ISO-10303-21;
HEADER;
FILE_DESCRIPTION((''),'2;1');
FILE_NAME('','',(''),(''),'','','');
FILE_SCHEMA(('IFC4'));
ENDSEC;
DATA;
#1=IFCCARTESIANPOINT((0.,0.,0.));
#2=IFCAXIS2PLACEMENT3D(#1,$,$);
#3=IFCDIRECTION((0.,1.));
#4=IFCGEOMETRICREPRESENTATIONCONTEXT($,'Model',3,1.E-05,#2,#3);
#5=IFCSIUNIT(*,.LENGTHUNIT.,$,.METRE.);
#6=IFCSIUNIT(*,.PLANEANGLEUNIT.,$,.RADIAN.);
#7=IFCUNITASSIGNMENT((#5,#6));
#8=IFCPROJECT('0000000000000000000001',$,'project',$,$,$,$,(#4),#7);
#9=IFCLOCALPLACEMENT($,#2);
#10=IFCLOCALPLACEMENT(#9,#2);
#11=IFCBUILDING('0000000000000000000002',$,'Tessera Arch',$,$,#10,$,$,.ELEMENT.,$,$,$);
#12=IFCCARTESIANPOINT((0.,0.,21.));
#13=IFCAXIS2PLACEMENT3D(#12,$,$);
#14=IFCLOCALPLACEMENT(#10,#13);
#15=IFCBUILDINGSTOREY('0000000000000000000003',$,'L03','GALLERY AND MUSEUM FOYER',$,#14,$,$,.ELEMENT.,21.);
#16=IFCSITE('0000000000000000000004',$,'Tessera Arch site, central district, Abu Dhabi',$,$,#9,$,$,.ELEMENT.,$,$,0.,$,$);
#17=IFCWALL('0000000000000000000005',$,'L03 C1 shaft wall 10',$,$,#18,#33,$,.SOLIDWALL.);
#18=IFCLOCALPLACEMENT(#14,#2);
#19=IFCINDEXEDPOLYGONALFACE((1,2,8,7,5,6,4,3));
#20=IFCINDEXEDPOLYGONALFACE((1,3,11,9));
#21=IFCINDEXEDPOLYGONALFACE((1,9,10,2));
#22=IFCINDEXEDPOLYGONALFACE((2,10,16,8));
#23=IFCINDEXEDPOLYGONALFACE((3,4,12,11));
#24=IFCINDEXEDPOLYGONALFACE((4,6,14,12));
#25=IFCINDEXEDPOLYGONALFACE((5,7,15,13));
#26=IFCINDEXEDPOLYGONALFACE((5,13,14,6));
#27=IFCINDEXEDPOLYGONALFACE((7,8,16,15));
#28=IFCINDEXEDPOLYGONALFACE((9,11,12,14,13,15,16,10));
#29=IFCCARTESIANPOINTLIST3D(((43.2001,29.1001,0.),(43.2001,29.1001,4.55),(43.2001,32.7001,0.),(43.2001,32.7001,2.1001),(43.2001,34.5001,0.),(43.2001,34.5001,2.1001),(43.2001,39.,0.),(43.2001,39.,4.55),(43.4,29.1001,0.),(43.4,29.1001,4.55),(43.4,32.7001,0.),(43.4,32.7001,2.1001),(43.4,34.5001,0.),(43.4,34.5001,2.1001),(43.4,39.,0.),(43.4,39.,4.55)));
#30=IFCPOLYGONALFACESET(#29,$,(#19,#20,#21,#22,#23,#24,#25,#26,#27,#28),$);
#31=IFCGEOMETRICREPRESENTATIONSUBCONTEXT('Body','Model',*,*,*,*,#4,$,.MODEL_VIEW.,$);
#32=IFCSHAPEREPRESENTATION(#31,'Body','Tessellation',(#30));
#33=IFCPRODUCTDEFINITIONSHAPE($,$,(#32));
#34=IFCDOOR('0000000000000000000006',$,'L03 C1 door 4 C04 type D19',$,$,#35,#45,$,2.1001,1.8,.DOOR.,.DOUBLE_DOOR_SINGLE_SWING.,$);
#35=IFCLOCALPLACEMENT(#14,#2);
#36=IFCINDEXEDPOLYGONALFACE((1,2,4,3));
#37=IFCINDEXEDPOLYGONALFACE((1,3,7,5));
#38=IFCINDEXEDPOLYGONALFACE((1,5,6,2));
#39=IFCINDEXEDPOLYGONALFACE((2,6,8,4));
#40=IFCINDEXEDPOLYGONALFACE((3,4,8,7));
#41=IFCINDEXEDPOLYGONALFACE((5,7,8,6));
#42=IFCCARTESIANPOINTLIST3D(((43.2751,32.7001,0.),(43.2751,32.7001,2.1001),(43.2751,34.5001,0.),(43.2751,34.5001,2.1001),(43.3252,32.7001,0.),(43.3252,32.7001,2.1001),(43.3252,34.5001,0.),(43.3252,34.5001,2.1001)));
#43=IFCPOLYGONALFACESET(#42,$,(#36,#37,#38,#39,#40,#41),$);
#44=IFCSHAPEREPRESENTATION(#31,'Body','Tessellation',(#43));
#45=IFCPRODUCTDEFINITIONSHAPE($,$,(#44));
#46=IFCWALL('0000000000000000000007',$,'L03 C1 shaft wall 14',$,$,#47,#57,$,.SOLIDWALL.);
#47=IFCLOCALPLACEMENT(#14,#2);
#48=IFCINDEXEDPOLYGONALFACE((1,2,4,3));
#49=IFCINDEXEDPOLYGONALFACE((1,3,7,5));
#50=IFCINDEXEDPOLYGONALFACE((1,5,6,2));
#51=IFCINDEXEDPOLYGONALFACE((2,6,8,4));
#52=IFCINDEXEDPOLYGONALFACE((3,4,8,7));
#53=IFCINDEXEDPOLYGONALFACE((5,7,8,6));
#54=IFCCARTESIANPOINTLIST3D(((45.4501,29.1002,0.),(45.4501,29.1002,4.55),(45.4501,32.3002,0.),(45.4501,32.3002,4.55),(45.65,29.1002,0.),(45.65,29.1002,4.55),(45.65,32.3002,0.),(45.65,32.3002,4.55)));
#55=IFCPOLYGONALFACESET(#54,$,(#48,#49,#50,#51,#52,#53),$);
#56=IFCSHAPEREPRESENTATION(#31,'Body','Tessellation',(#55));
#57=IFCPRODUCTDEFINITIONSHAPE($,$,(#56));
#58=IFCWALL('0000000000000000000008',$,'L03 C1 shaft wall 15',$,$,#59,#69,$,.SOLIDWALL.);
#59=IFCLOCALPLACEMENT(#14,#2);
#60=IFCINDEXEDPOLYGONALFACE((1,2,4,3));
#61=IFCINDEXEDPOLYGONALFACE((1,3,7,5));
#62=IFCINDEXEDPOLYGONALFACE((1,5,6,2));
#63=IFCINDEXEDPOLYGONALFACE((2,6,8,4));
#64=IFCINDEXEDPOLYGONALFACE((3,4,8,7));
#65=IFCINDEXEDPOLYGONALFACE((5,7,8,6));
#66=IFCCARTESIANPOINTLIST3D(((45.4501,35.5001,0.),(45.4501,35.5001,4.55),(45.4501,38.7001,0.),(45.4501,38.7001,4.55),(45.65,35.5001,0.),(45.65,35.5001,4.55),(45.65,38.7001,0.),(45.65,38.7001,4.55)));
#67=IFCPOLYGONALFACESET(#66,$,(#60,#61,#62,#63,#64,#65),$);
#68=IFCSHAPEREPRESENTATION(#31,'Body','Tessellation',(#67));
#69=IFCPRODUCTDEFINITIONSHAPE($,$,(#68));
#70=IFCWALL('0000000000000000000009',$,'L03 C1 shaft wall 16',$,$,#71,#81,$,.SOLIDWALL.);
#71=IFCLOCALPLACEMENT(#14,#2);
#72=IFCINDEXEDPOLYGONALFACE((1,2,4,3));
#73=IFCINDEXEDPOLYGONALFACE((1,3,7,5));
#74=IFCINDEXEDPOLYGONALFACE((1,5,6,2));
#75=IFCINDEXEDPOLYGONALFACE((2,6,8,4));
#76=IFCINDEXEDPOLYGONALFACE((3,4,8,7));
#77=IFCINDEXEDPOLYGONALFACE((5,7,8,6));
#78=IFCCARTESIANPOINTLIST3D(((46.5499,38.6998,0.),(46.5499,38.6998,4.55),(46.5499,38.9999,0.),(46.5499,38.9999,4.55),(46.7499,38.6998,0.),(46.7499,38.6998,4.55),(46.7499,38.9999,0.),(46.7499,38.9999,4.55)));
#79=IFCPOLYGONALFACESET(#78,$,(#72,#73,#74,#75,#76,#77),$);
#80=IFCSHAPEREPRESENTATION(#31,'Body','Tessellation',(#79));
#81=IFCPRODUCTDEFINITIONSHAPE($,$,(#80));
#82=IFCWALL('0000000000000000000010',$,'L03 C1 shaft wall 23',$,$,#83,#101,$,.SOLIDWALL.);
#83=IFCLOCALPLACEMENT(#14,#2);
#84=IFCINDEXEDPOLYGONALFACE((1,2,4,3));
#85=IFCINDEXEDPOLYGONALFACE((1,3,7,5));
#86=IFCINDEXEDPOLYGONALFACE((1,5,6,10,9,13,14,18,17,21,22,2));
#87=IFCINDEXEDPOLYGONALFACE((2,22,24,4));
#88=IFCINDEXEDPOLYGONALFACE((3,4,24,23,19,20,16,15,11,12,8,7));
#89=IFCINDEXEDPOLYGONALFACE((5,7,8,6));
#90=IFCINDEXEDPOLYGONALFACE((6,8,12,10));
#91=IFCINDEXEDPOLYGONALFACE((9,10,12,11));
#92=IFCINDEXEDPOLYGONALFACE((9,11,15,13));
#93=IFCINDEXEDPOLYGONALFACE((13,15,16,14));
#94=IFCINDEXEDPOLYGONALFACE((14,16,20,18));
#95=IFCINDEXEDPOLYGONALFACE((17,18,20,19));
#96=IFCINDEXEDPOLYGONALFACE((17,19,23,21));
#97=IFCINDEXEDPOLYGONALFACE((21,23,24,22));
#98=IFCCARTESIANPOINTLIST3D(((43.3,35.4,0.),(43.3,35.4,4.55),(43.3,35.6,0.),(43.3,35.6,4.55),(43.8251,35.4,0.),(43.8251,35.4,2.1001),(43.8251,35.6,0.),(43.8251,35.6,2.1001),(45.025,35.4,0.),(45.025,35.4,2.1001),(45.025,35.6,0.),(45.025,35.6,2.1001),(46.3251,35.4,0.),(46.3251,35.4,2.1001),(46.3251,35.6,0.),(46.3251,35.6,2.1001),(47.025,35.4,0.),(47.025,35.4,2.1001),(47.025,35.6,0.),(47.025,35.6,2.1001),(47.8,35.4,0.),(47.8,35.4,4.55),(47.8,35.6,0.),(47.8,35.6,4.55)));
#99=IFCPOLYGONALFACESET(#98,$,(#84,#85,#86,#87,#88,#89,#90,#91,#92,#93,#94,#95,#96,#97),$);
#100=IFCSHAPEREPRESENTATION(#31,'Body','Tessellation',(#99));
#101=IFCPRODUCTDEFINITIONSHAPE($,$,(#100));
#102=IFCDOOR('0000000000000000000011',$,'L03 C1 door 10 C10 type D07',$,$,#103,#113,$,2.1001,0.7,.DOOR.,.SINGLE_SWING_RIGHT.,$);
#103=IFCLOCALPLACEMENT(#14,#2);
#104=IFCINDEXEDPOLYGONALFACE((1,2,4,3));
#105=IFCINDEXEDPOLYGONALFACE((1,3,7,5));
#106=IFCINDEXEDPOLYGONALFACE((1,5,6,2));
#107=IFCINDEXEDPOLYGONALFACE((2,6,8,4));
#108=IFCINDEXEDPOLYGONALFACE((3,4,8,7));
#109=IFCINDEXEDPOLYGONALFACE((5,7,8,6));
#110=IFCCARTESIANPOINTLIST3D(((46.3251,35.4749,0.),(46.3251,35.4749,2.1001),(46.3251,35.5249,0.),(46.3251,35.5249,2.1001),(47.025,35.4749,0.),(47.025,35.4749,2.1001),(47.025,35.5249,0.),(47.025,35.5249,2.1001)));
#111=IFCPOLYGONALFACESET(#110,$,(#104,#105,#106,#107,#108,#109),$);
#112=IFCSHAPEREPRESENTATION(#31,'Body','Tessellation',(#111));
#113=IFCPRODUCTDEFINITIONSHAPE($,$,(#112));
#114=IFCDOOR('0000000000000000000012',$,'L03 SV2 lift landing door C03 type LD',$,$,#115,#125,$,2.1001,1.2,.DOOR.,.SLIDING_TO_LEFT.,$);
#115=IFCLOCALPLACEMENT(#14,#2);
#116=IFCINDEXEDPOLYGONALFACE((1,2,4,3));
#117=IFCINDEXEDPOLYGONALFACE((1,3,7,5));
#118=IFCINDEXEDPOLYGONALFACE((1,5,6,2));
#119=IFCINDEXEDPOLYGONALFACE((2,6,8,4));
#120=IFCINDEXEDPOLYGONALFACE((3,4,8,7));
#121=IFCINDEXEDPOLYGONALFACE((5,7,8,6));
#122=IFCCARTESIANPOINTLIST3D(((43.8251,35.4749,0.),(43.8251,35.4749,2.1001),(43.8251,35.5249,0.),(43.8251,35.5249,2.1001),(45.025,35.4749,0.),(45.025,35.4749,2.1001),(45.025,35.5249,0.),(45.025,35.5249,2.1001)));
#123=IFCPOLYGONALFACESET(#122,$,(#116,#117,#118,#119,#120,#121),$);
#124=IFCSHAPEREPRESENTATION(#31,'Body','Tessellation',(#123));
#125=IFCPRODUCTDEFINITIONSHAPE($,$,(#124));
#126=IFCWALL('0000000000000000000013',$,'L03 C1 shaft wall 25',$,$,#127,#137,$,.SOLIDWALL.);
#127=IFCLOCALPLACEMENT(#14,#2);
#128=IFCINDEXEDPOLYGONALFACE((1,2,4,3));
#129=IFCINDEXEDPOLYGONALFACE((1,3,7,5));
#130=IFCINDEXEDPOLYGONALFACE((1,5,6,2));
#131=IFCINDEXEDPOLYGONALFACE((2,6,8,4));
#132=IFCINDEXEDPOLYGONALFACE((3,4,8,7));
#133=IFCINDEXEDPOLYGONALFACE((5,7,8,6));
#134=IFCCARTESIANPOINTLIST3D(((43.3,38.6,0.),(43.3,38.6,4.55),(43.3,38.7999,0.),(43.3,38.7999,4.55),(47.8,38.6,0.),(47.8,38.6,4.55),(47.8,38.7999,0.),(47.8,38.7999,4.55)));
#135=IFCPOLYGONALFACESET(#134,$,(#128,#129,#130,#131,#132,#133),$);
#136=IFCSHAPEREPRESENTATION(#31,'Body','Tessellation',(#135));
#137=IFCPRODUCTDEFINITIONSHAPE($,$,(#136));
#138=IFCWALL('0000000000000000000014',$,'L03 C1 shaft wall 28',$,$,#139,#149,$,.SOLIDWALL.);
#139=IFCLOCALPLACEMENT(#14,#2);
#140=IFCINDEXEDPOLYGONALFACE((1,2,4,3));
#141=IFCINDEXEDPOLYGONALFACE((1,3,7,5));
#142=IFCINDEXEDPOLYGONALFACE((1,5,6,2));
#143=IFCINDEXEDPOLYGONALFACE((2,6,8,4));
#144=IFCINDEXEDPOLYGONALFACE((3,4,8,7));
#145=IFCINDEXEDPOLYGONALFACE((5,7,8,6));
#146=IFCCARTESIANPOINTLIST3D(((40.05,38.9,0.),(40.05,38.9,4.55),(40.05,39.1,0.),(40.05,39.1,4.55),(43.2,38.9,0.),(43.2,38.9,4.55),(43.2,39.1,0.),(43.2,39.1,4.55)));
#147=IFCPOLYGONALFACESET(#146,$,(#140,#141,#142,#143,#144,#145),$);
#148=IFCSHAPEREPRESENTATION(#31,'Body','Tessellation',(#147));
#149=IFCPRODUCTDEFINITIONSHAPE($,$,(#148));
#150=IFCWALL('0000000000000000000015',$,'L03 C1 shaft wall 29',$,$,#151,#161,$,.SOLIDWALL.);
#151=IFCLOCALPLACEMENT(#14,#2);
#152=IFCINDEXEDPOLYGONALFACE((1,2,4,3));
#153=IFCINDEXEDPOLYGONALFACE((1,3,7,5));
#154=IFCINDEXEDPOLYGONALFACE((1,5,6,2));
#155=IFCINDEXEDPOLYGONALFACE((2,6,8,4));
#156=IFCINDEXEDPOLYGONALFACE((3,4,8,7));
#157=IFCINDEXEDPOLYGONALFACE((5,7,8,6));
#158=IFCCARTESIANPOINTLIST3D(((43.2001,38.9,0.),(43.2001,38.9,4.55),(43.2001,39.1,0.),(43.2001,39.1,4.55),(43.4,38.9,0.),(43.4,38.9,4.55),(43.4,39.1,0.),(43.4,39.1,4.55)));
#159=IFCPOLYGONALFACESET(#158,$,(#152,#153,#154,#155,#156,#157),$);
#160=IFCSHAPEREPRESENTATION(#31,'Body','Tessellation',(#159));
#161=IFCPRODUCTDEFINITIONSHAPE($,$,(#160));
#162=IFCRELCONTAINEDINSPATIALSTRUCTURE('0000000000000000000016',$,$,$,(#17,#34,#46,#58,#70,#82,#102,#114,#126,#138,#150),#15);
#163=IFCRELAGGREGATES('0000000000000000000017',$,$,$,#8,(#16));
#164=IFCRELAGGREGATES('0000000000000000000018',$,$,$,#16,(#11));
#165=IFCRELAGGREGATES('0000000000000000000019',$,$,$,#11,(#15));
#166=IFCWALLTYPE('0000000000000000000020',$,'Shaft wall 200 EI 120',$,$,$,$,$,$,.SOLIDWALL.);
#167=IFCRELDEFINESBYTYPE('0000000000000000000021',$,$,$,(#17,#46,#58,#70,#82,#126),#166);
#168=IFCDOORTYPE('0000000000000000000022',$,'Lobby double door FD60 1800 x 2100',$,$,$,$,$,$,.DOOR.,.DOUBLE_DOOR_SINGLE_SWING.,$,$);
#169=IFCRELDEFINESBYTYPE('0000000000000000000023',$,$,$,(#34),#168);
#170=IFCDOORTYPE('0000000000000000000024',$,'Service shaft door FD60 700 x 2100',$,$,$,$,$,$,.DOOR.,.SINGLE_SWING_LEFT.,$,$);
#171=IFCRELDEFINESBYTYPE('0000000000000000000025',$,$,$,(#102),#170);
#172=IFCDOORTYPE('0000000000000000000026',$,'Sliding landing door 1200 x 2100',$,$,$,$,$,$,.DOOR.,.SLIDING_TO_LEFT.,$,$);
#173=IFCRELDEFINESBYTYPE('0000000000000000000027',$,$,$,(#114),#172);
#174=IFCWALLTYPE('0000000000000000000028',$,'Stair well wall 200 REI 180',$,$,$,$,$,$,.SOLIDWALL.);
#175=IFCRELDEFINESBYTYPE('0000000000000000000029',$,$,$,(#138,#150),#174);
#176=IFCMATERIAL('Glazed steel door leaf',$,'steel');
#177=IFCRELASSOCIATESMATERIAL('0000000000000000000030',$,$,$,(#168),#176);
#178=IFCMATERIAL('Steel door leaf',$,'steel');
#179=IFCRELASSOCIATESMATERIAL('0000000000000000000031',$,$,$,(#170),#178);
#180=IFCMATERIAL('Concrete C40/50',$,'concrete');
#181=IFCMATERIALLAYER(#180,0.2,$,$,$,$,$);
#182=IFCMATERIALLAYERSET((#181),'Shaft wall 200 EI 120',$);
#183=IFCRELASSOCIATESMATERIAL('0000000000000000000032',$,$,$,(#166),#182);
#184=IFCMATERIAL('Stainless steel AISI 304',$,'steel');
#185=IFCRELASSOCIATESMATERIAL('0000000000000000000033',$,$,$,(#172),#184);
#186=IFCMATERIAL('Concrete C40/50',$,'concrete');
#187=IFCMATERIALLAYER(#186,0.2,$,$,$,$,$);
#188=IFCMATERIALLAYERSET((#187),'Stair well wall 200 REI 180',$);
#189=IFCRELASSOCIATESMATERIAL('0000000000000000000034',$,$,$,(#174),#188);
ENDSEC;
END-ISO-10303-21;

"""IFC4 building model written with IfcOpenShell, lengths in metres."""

from ifc_helpers import new_model, si_unit, direction, frame, frame_2d, origin, place, context, subcontext, project, spatial, rectangle, extrude, material, layer, layer_set, type_object, element, fill, save


model = new_model("IFC4")

# Units and contexts
model_context = context("Model", 3, precision=1e-05, world=origin(), true_north=direction((0.0, 1.0)))
body_context = subcontext(model_context, "Body", "Model", "MODEL_VIEW")
ifc_project = project(units=[si_unit("LENGTHUNIT", "METRE"), si_unit("PLANEANGLEUNIT", "RADIAN")], contexts=[model_context])

# Site, building, storey
site_placement = place(None, origin())
site = spatial("IfcSite", under=ifc_project, at=site_placement, Name="Tessera Arch site, central district, Abu Dhabi", CompositionType="ELEMENT", RefElevation=0.0)
building_placement = place(site_placement, origin())
building = spatial("IfcBuilding", under=site, at=building_placement, Name="Tessera Arch", CompositionType="ELEMENT")
storey_placement = place(building_placement, frame((0.0, 0.0, 21.0)))
storey = spatial("IfcBuildingStorey", under=building, at=storey_placement, Name="L03", Description="GALLERY AND MUSEUM FOYER", CompositionType="ELEMENT", Elevation=21.0)

# Shared definitions
ifc_material_1 = material(Name="Glazed steel door leaf", Category="steel")
door_type_1 = type_object("IfcDoorType", Name="Lobby double door FD60 1800 x 2100", OperationType="DOUBLE_DOOR_SINGLE_SWING", PredefinedType="DOOR", material=ifc_material_1)
ifc_material_2 = material(Name="Steel door leaf", Category="steel")
door_type_2 = type_object("IfcDoorType", Name="Service shaft door FD60 700 x 2100", OperationType="SINGLE_SWING_LEFT", PredefinedType="DOOR", material=ifc_material_2)

# Shared definitions
ifc_material_3 = material(Name="Concrete C40/50", Category="concrete")
ifc_layer_1 = layer(ifc_material_3, 0.2)
ifc_layer_set_1 = layer_set([ifc_layer_1], Name="Shaft wall 200 EI 120")
wall_type_1 = type_object("IfcWallType", Name="Shaft wall 200 EI 120", PredefinedType="SOLIDWALL", material=ifc_layer_set_1)

# Wall, opening, door
wall_1_placement = place(storey_placement, frame((43.3, 29.1001, 0.0), z_axis=(0.0, 0.0, 1.0), x_axis=(0.0, 1.0, 0.0)))
wall_1 = element("IfcWall", 1, at=wall_1_placement, inside=storey, type_object=wall_type_1, Name="L03 C1 shaft wall 10", PredefinedType="SOLIDWALL", context=body_context, shape_type="SweptSolid", body=[
    extrude(rectangle(XDim=9.8999, YDim=0.2, at=frame_2d((4.95, 0.0))), origin(), (0.0, 0.0, 1.0), 4.55),
])
opening_1_placement = place(wall_1_placement, frame((3.6001, 0.0, 0.0)))
opening_1 = element("IfcOpeningElement", 2, at=opening_1_placement, cuts=wall_1, PredefinedType="OPENING", context=body_context, shape_type="SweptSolid", body=[
    extrude(rectangle(XDim=1.8, YDim=2.1001, at=frame_2d((0.8999, 1.05))), frame((0.0, 0.1099, 0.0), z_axis=(0.0, -1.0, 0.0), x_axis=(1.0, 0.0, 0.0)), (0.0, 0.0, 1.0), 0.22),
])
door_1_placement = place(opening_1_placement, origin())
door_1 = element("IfcDoor", 3, at=door_1_placement, inside=storey, type_object=door_type_1, Name="L03 C1 door 4 C04 type D19", OperationType="DOUBLE_DOOR_SINGLE_SWING", OverallHeight=2.1001, OverallWidth=1.8, PredefinedType="DOOR", context=body_context, shape_type="SweptSolid", body=[
    extrude(rectangle(XDim=1.8, YDim=2.1001, at=frame_2d((0.8999, 1.05))), frame((0.0, 0.0249, 0.0), z_axis=(0.0, -1.0, 0.0), x_axis=(1.0, 0.0, 0.0)), (0.0, 0.0, 1.0), 0.05),
])
fill(opening_1, door_1)

# Walls
for number, where, z_axis, x_axis, name in (
    (4, (45.55, 29.1001, 0.0), (0.0, 0.0, 1.0), (0.0, 1.0, 0.0), "L03 C1 shaft wall 14"),
    (5, (45.55, 35.5, 0.0), (0.0, 0.0, 1.0), (0.0, 1.0, 0.0), "L03 C1 shaft wall 15"),
):
    element("IfcWall", number, at=place(storey_placement, frame(where, z_axis=z_axis, x_axis=x_axis)), inside=storey, type_object=wall_type_1, Name=name, PredefinedType="SOLIDWALL", context=body_context, shape_type="SweptSolid", body=[
        extrude(rectangle(XDim=3.2, YDim=0.2, at=frame_2d((1.6001, 0.0))), origin(), (0.0, 0.0, 1.0), 4.55),
    ])
wall_2_placement = place(storey_placement, frame((46.6499, 38.7, 0.0), z_axis=(0.0, 0.0, 1.0), x_axis=(0.0, 1.0, 0.0)))
element("IfcWall", 6, at=wall_2_placement, inside=storey, type_object=wall_type_1, Name="L03 C1 shaft wall 16", PredefinedType="SOLIDWALL", context=body_context, shape_type="SweptSolid", body=[
    extrude(rectangle(XDim=0.3, YDim=0.2, at=frame_2d((0.1499, 0.0))), origin(), (0.0, 0.0, 1.0), 4.55),
])

# Wall, openings, doors
wall_3_placement = place(storey_placement, frame((43.3, 35.5, 0.0), z_axis=(0.0, 0.0, 1.0), x_axis=(1.0, 0.0, 0.0)))
wall_3 = element("IfcWall", 7, at=wall_3_placement, inside=storey, type_object=wall_type_1, Name="L03 C1 shaft wall 23", PredefinedType="SOLIDWALL", context=body_context, shape_type="SweptSolid", body=[
    extrude(rectangle(XDim=4.5, YDim=0.2, at=frame_2d((2.25, 0.0))), origin(), (0.0, 0.0, 1.0), 4.55),
])
opening_2_placement = place(wall_3_placement, frame((0.5249, 0.0, 0.0)))
opening_2 = element("IfcOpeningElement", 8, at=opening_2_placement, cuts=wall_3, PredefinedType="OPENING", context=body_context, shape_type="SweptSolid", body=[
    extrude(rectangle(XDim=1.2, YDim=2.1001, at=frame_2d((0.6001, 1.05))), frame((0.0, 0.1099, 0.0), z_axis=(0.0, -1.0, 0.0), x_axis=(1.0, 0.0, 0.0)), (0.0, 0.0, 1.0), 0.22),
])
opening_3_placement = place(wall_3_placement, frame((3.0249, 0.0, 0.0)))
opening_3 = element("IfcOpeningElement", 9, at=opening_3_placement, cuts=wall_3, PredefinedType="OPENING", context=body_context, shape_type="SweptSolid", body=[
    extrude(rectangle(XDim=0.7, YDim=2.1001, at=frame_2d((0.3501, 1.05))), frame((0.0, 0.1099, 0.0), z_axis=(0.0, -1.0, 0.0), x_axis=(1.0, 0.0, 0.0)), (0.0, 0.0, 1.0), 0.22),
])
door_2_placement = place(opening_3_placement, origin())
door_2 = element("IfcDoor", 10, at=door_2_placement, inside=storey, type_object=door_type_2, Name="L03 C1 door 10 C10 type D07", OperationType="SINGLE_SWING_RIGHT", OverallHeight=2.1001, OverallWidth=0.7, PredefinedType="DOOR", context=body_context, shape_type="SweptSolid", body=[
    extrude(rectangle(XDim=0.7, YDim=2.1001, at=frame_2d((0.3501, 1.05))), frame((0.0, 0.0249, 0.0), z_axis=(0.0, -1.0, 0.0), x_axis=(1.0, 0.0, 0.0)), (0.0, 0.0, 1.0), 0.05),
])
fill(opening_3, door_2)
ifc_material_4 = material(Name="Stainless steel AISI 304", Category="steel")
door_type_3 = type_object("IfcDoorType", Name="Sliding landing door 1200 x 2100", OperationType="SLIDING_TO_LEFT", PredefinedType="DOOR", material=ifc_material_4)
door_3_placement = place(opening_2_placement, origin())
door_3 = element("IfcDoor", 11, at=door_3_placement, inside=storey, type_object=door_type_3, Name="L03 SV2 lift landing door C03 type LD", OperationType="SLIDING_TO_LEFT", OverallHeight=2.1001, OverallWidth=1.2, PredefinedType="DOOR", context=body_context, shape_type="SweptSolid", body=[
    extrude(rectangle(XDim=1.2, YDim=2.1001, at=frame_2d((0.6001, 1.05))), frame((0.0, 0.0249, 0.0), z_axis=(0.0, -1.0, 0.0), x_axis=(1.0, 0.0, 0.0)), (0.0, 0.0, 1.0), 0.05),
])
fill(opening_2, door_3)

# Walls
wall_4_placement = place(storey_placement, frame((43.3, 38.7, 0.0), z_axis=(0.0, 0.0, 1.0), x_axis=(1.0, 0.0, 0.0)))
element("IfcWall", 12, at=wall_4_placement, inside=storey, type_object=wall_type_1, Name="L03 C1 shaft wall 25", PredefinedType="SOLIDWALL", context=body_context, shape_type="SweptSolid", body=[
    extrude(rectangle(XDim=4.5, YDim=0.2, at=frame_2d((2.25, 0.0))), origin(), (0.0, 0.0, 1.0), 4.55),
])
ifc_material_5 = material(Name="Concrete C40/50", Category="concrete")
ifc_layer_2 = layer(ifc_material_5, 0.2)
ifc_layer_set_2 = layer_set([ifc_layer_2], Name="Stair well wall 200 REI 180")
wall_type_2 = type_object("IfcWallType", Name="Stair well wall 200 REI 180", PredefinedType="SOLIDWALL", material=ifc_layer_set_2)
wall_5_placement = place(storey_placement, frame((40.05, 39.0, 0.0), z_axis=(0.0, 0.0, 1.0), x_axis=(1.0, 0.0, 0.0)))
element("IfcWall", 13, at=wall_5_placement, inside=storey, type_object=wall_type_2, Name="L03 C1 shaft wall 28", PredefinedType="SOLIDWALL", context=body_context, shape_type="SweptSolid", body=[
    extrude(rectangle(XDim=3.1499, YDim=0.2, at=frame_2d((1.575, 0.0))), origin(), (0.0, 0.0, 1.0), 4.55),
])
wall_6_placement = place(storey_placement, frame((43.2, 39.0, 0.0), z_axis=(0.0, 0.0, 1.0), x_axis=(1.0, 0.0, 0.0)))
element("IfcWall", 14, at=wall_6_placement, inside=storey, type_object=wall_type_2, Name="L03 C1 shaft wall 29", PredefinedType="SOLIDWALL", context=body_context, shape_type="SweptSolid", body=[
    extrude(rectangle(XDim=0.2, YDim=0.2, at=frame_2d((0.1001, 0.0))), origin(), (0.0, 0.0, 1.0), 4.55),
])

save(model, "model.ifc")
